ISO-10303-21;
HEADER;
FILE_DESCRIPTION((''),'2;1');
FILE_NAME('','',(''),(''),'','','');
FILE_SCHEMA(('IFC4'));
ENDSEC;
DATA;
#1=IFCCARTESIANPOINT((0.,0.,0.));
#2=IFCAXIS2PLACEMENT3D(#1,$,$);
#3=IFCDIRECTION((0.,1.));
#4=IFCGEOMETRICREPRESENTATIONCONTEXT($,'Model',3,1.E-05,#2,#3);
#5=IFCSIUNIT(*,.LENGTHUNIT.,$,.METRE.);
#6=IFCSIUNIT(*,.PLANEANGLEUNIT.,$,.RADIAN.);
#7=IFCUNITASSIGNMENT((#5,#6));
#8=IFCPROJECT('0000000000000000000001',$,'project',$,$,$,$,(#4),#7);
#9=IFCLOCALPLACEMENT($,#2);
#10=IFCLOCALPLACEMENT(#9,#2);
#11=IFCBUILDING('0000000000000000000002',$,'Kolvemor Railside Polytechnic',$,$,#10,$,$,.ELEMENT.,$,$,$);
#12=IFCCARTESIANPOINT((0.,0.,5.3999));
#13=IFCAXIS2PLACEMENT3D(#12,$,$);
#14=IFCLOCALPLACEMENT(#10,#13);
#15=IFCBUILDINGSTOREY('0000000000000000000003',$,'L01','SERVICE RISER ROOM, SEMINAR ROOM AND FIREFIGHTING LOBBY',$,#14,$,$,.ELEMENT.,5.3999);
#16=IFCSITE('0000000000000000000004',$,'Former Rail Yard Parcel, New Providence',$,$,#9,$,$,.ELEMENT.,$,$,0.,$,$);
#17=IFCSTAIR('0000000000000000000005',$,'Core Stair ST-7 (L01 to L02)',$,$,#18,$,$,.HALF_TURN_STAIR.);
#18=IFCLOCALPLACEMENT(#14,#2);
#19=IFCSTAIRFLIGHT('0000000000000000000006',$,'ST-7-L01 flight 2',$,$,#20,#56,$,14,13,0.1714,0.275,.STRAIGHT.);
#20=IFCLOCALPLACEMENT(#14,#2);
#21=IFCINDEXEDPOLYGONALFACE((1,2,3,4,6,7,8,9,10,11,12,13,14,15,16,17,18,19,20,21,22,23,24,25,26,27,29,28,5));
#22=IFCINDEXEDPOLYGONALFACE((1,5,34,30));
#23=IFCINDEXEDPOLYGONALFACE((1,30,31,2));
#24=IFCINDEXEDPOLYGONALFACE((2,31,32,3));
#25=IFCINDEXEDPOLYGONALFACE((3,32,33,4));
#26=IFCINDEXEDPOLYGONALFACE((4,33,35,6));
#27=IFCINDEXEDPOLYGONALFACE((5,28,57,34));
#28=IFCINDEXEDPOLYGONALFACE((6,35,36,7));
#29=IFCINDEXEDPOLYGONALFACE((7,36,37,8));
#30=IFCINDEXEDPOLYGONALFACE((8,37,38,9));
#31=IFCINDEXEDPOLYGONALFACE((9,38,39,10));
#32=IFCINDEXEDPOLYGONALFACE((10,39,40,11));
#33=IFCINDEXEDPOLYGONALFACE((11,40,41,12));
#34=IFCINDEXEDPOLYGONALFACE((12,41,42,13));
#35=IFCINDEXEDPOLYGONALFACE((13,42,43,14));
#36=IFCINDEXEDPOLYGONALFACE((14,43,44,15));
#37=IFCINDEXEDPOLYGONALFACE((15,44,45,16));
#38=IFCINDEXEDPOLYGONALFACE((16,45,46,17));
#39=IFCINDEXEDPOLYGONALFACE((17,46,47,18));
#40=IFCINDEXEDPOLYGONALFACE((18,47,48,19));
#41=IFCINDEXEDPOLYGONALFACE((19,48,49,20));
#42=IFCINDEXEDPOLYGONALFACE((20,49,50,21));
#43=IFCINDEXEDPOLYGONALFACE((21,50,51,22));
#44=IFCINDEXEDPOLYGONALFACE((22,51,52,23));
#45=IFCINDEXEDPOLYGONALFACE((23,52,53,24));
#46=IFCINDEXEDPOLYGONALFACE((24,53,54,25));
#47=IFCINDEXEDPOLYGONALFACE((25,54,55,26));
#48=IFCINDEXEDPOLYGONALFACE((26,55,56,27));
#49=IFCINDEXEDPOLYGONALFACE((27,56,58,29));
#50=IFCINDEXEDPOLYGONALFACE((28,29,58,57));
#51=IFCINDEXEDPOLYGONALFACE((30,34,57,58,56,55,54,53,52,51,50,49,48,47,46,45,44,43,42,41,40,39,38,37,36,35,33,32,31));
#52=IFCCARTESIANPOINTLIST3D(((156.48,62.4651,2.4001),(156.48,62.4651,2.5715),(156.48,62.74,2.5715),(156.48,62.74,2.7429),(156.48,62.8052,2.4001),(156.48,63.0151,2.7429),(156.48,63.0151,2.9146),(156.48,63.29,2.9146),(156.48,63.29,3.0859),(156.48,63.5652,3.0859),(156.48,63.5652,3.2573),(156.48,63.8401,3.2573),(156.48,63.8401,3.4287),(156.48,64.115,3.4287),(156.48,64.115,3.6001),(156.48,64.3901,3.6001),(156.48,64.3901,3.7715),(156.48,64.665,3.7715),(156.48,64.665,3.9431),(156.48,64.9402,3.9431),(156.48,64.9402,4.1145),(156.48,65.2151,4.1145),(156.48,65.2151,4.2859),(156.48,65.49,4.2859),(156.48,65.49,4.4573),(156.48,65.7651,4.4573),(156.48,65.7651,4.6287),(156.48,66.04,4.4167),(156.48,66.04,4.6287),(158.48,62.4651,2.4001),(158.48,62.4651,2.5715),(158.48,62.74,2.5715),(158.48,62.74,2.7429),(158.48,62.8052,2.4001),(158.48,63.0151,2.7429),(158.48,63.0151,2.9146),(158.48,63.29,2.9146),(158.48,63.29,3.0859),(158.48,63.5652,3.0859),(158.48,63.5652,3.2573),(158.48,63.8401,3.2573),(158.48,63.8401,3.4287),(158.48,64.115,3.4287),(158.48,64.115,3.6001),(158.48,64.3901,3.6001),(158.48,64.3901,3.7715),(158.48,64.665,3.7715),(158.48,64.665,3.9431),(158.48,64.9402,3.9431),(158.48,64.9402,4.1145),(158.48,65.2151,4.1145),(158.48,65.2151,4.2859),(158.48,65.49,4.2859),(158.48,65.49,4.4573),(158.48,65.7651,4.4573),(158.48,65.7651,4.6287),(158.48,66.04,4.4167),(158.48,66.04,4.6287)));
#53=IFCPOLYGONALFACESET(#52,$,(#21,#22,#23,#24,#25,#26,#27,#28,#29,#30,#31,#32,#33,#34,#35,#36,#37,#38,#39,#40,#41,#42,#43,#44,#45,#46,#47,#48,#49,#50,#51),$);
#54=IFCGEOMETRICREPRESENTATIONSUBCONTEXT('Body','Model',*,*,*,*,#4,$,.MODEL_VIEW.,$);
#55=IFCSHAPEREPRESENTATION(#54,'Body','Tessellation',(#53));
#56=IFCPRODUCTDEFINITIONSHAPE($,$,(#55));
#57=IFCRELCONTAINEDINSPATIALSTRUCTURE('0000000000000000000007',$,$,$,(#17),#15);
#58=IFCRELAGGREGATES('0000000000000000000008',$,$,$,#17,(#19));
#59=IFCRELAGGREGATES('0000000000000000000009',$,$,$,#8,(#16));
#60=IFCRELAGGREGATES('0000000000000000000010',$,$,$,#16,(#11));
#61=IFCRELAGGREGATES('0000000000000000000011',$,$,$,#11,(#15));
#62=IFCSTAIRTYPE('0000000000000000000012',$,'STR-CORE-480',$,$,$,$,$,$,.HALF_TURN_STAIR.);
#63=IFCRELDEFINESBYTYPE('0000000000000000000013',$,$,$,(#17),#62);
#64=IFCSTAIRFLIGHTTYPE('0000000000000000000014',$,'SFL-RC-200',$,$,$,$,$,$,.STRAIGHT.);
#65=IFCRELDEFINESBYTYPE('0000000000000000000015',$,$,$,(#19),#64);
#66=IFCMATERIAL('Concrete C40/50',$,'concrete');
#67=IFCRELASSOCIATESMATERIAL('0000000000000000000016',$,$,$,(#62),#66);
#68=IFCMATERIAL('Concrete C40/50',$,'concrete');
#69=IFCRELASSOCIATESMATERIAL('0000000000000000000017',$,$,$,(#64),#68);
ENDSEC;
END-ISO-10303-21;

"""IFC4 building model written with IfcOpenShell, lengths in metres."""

from ifc_helpers import new_model, si_unit, direction, frame, origin, place, context, subcontext, project, spatial, polyline, outline, extrude, material, type_object, element, aggregate, save


model = new_model("IFC4")

# Units and contexts
model_context = context("Model", 3, precision=1e-05, world=origin(), true_north=direction((0.0, 1.0)))
body_context = subcontext(model_context, "Body", "Model", "MODEL_VIEW")
ifc_project = project(units=[si_unit("LENGTHUNIT", "METRE"), si_unit("PLANEANGLEUNIT", "RADIAN")], contexts=[model_context])

# Site, building, storey
site_placement = place(None, origin())
site = spatial("IfcSite", under=ifc_project, at=site_placement, Name="Former Rail Yard Parcel, New Providence", CompositionType="ELEMENT", RefElevation=0.0)
building_placement = place(site_placement, origin())
building = spatial("IfcBuilding", under=site, at=building_placement, Name="Kolvemor Railside Polytechnic", CompositionType="ELEMENT")
storey_placement = place(building_placement, frame((0.0, 0.0, 5.3999)))
storey = spatial("IfcBuildingStorey", under=building, at=storey_placement, Name="L01", Description="SERVICE RISER ROOM, SEMINAR ROOM AND FIREFIGHTING LOBBY", CompositionType="ELEMENT", Elevation=5.3999)

# Stair, stair flight
ifc_material_1 = material(Name="Concrete C40/50", Category="concrete")
stair_type = type_object("IfcStairType", Name="STR-CORE-480", PredefinedType="HALF_TURN_STAIR", material=ifc_material_1)
stair_placement = place(storey_placement, origin())
stair = element("IfcStair", 1, at=stair_placement, inside=storey, type_object=stair_type, Name="Core Stair ST-7 (L01 to L02)", PredefinedType="HALF_TURN_STAIR")
ifc_material_2 = material(Name="Concrete C40/50", Category="concrete")
stair_flight_type = type_object("IfcStairFlightType", Name="SFL-RC-200", PredefinedType="STRAIGHT", material=ifc_material_2)
stair_flight_placement = place(storey_placement, frame((157.48, 62.4651, 2.4001), z_axis=(0.0, 0.0, 1.0), x_axis=(0.0, 1.0, 0.0)))
stair_flight = element("IfcStairFlight", 2, at=stair_flight_placement, type_object=stair_flight_type, Name="ST-7-L01 flight 2", NumberOfRisers=14, NumberOfTreads=13, PredefinedType="STRAIGHT", RiserHeight=0.1714, TreadLength=0.275, context=body_context, shape_type="SweptSolid", body=[
    extrude(outline(polyline([(0.0, 0.0), (0.0, 0.1714), (0.2749, 0.1714), (0.2749, 0.3428), (0.55, 0.3428), (0.55, 0.5144), (0.825, 0.5144), (0.825, 0.6858), (1.1001, 0.6858), (1.1001, 0.8572), (1.375, 0.8572), (1.375, 1.0286), (1.6499, 1.0286), (1.6499, 1.2), (1.925, 1.2), (1.925, 1.3713), (2.2, 1.3713), (2.2, 1.543), (2.4751, 1.543), (2.4751, 1.7144), (2.75, 1.7144), (2.75, 1.8857), (3.0249, 1.8857), (3.0249, 2.0571), (3.3, 2.0571), (3.3, 2.2285), (3.575, 2.2285), (3.575, 2.3999), (3.575, 2.0166), (0.3401, 0.0), (0.0, 0.0)])), frame((0.0, 1.0, 0.0), z_axis=(0.0, -1.0, 0.0), x_axis=(1.0, 0.0, 0.0)), (0.0, 0.0, 1.0), 2.0),
])
aggregate(stair, [stair_flight])

save(model, "model.ifc")
